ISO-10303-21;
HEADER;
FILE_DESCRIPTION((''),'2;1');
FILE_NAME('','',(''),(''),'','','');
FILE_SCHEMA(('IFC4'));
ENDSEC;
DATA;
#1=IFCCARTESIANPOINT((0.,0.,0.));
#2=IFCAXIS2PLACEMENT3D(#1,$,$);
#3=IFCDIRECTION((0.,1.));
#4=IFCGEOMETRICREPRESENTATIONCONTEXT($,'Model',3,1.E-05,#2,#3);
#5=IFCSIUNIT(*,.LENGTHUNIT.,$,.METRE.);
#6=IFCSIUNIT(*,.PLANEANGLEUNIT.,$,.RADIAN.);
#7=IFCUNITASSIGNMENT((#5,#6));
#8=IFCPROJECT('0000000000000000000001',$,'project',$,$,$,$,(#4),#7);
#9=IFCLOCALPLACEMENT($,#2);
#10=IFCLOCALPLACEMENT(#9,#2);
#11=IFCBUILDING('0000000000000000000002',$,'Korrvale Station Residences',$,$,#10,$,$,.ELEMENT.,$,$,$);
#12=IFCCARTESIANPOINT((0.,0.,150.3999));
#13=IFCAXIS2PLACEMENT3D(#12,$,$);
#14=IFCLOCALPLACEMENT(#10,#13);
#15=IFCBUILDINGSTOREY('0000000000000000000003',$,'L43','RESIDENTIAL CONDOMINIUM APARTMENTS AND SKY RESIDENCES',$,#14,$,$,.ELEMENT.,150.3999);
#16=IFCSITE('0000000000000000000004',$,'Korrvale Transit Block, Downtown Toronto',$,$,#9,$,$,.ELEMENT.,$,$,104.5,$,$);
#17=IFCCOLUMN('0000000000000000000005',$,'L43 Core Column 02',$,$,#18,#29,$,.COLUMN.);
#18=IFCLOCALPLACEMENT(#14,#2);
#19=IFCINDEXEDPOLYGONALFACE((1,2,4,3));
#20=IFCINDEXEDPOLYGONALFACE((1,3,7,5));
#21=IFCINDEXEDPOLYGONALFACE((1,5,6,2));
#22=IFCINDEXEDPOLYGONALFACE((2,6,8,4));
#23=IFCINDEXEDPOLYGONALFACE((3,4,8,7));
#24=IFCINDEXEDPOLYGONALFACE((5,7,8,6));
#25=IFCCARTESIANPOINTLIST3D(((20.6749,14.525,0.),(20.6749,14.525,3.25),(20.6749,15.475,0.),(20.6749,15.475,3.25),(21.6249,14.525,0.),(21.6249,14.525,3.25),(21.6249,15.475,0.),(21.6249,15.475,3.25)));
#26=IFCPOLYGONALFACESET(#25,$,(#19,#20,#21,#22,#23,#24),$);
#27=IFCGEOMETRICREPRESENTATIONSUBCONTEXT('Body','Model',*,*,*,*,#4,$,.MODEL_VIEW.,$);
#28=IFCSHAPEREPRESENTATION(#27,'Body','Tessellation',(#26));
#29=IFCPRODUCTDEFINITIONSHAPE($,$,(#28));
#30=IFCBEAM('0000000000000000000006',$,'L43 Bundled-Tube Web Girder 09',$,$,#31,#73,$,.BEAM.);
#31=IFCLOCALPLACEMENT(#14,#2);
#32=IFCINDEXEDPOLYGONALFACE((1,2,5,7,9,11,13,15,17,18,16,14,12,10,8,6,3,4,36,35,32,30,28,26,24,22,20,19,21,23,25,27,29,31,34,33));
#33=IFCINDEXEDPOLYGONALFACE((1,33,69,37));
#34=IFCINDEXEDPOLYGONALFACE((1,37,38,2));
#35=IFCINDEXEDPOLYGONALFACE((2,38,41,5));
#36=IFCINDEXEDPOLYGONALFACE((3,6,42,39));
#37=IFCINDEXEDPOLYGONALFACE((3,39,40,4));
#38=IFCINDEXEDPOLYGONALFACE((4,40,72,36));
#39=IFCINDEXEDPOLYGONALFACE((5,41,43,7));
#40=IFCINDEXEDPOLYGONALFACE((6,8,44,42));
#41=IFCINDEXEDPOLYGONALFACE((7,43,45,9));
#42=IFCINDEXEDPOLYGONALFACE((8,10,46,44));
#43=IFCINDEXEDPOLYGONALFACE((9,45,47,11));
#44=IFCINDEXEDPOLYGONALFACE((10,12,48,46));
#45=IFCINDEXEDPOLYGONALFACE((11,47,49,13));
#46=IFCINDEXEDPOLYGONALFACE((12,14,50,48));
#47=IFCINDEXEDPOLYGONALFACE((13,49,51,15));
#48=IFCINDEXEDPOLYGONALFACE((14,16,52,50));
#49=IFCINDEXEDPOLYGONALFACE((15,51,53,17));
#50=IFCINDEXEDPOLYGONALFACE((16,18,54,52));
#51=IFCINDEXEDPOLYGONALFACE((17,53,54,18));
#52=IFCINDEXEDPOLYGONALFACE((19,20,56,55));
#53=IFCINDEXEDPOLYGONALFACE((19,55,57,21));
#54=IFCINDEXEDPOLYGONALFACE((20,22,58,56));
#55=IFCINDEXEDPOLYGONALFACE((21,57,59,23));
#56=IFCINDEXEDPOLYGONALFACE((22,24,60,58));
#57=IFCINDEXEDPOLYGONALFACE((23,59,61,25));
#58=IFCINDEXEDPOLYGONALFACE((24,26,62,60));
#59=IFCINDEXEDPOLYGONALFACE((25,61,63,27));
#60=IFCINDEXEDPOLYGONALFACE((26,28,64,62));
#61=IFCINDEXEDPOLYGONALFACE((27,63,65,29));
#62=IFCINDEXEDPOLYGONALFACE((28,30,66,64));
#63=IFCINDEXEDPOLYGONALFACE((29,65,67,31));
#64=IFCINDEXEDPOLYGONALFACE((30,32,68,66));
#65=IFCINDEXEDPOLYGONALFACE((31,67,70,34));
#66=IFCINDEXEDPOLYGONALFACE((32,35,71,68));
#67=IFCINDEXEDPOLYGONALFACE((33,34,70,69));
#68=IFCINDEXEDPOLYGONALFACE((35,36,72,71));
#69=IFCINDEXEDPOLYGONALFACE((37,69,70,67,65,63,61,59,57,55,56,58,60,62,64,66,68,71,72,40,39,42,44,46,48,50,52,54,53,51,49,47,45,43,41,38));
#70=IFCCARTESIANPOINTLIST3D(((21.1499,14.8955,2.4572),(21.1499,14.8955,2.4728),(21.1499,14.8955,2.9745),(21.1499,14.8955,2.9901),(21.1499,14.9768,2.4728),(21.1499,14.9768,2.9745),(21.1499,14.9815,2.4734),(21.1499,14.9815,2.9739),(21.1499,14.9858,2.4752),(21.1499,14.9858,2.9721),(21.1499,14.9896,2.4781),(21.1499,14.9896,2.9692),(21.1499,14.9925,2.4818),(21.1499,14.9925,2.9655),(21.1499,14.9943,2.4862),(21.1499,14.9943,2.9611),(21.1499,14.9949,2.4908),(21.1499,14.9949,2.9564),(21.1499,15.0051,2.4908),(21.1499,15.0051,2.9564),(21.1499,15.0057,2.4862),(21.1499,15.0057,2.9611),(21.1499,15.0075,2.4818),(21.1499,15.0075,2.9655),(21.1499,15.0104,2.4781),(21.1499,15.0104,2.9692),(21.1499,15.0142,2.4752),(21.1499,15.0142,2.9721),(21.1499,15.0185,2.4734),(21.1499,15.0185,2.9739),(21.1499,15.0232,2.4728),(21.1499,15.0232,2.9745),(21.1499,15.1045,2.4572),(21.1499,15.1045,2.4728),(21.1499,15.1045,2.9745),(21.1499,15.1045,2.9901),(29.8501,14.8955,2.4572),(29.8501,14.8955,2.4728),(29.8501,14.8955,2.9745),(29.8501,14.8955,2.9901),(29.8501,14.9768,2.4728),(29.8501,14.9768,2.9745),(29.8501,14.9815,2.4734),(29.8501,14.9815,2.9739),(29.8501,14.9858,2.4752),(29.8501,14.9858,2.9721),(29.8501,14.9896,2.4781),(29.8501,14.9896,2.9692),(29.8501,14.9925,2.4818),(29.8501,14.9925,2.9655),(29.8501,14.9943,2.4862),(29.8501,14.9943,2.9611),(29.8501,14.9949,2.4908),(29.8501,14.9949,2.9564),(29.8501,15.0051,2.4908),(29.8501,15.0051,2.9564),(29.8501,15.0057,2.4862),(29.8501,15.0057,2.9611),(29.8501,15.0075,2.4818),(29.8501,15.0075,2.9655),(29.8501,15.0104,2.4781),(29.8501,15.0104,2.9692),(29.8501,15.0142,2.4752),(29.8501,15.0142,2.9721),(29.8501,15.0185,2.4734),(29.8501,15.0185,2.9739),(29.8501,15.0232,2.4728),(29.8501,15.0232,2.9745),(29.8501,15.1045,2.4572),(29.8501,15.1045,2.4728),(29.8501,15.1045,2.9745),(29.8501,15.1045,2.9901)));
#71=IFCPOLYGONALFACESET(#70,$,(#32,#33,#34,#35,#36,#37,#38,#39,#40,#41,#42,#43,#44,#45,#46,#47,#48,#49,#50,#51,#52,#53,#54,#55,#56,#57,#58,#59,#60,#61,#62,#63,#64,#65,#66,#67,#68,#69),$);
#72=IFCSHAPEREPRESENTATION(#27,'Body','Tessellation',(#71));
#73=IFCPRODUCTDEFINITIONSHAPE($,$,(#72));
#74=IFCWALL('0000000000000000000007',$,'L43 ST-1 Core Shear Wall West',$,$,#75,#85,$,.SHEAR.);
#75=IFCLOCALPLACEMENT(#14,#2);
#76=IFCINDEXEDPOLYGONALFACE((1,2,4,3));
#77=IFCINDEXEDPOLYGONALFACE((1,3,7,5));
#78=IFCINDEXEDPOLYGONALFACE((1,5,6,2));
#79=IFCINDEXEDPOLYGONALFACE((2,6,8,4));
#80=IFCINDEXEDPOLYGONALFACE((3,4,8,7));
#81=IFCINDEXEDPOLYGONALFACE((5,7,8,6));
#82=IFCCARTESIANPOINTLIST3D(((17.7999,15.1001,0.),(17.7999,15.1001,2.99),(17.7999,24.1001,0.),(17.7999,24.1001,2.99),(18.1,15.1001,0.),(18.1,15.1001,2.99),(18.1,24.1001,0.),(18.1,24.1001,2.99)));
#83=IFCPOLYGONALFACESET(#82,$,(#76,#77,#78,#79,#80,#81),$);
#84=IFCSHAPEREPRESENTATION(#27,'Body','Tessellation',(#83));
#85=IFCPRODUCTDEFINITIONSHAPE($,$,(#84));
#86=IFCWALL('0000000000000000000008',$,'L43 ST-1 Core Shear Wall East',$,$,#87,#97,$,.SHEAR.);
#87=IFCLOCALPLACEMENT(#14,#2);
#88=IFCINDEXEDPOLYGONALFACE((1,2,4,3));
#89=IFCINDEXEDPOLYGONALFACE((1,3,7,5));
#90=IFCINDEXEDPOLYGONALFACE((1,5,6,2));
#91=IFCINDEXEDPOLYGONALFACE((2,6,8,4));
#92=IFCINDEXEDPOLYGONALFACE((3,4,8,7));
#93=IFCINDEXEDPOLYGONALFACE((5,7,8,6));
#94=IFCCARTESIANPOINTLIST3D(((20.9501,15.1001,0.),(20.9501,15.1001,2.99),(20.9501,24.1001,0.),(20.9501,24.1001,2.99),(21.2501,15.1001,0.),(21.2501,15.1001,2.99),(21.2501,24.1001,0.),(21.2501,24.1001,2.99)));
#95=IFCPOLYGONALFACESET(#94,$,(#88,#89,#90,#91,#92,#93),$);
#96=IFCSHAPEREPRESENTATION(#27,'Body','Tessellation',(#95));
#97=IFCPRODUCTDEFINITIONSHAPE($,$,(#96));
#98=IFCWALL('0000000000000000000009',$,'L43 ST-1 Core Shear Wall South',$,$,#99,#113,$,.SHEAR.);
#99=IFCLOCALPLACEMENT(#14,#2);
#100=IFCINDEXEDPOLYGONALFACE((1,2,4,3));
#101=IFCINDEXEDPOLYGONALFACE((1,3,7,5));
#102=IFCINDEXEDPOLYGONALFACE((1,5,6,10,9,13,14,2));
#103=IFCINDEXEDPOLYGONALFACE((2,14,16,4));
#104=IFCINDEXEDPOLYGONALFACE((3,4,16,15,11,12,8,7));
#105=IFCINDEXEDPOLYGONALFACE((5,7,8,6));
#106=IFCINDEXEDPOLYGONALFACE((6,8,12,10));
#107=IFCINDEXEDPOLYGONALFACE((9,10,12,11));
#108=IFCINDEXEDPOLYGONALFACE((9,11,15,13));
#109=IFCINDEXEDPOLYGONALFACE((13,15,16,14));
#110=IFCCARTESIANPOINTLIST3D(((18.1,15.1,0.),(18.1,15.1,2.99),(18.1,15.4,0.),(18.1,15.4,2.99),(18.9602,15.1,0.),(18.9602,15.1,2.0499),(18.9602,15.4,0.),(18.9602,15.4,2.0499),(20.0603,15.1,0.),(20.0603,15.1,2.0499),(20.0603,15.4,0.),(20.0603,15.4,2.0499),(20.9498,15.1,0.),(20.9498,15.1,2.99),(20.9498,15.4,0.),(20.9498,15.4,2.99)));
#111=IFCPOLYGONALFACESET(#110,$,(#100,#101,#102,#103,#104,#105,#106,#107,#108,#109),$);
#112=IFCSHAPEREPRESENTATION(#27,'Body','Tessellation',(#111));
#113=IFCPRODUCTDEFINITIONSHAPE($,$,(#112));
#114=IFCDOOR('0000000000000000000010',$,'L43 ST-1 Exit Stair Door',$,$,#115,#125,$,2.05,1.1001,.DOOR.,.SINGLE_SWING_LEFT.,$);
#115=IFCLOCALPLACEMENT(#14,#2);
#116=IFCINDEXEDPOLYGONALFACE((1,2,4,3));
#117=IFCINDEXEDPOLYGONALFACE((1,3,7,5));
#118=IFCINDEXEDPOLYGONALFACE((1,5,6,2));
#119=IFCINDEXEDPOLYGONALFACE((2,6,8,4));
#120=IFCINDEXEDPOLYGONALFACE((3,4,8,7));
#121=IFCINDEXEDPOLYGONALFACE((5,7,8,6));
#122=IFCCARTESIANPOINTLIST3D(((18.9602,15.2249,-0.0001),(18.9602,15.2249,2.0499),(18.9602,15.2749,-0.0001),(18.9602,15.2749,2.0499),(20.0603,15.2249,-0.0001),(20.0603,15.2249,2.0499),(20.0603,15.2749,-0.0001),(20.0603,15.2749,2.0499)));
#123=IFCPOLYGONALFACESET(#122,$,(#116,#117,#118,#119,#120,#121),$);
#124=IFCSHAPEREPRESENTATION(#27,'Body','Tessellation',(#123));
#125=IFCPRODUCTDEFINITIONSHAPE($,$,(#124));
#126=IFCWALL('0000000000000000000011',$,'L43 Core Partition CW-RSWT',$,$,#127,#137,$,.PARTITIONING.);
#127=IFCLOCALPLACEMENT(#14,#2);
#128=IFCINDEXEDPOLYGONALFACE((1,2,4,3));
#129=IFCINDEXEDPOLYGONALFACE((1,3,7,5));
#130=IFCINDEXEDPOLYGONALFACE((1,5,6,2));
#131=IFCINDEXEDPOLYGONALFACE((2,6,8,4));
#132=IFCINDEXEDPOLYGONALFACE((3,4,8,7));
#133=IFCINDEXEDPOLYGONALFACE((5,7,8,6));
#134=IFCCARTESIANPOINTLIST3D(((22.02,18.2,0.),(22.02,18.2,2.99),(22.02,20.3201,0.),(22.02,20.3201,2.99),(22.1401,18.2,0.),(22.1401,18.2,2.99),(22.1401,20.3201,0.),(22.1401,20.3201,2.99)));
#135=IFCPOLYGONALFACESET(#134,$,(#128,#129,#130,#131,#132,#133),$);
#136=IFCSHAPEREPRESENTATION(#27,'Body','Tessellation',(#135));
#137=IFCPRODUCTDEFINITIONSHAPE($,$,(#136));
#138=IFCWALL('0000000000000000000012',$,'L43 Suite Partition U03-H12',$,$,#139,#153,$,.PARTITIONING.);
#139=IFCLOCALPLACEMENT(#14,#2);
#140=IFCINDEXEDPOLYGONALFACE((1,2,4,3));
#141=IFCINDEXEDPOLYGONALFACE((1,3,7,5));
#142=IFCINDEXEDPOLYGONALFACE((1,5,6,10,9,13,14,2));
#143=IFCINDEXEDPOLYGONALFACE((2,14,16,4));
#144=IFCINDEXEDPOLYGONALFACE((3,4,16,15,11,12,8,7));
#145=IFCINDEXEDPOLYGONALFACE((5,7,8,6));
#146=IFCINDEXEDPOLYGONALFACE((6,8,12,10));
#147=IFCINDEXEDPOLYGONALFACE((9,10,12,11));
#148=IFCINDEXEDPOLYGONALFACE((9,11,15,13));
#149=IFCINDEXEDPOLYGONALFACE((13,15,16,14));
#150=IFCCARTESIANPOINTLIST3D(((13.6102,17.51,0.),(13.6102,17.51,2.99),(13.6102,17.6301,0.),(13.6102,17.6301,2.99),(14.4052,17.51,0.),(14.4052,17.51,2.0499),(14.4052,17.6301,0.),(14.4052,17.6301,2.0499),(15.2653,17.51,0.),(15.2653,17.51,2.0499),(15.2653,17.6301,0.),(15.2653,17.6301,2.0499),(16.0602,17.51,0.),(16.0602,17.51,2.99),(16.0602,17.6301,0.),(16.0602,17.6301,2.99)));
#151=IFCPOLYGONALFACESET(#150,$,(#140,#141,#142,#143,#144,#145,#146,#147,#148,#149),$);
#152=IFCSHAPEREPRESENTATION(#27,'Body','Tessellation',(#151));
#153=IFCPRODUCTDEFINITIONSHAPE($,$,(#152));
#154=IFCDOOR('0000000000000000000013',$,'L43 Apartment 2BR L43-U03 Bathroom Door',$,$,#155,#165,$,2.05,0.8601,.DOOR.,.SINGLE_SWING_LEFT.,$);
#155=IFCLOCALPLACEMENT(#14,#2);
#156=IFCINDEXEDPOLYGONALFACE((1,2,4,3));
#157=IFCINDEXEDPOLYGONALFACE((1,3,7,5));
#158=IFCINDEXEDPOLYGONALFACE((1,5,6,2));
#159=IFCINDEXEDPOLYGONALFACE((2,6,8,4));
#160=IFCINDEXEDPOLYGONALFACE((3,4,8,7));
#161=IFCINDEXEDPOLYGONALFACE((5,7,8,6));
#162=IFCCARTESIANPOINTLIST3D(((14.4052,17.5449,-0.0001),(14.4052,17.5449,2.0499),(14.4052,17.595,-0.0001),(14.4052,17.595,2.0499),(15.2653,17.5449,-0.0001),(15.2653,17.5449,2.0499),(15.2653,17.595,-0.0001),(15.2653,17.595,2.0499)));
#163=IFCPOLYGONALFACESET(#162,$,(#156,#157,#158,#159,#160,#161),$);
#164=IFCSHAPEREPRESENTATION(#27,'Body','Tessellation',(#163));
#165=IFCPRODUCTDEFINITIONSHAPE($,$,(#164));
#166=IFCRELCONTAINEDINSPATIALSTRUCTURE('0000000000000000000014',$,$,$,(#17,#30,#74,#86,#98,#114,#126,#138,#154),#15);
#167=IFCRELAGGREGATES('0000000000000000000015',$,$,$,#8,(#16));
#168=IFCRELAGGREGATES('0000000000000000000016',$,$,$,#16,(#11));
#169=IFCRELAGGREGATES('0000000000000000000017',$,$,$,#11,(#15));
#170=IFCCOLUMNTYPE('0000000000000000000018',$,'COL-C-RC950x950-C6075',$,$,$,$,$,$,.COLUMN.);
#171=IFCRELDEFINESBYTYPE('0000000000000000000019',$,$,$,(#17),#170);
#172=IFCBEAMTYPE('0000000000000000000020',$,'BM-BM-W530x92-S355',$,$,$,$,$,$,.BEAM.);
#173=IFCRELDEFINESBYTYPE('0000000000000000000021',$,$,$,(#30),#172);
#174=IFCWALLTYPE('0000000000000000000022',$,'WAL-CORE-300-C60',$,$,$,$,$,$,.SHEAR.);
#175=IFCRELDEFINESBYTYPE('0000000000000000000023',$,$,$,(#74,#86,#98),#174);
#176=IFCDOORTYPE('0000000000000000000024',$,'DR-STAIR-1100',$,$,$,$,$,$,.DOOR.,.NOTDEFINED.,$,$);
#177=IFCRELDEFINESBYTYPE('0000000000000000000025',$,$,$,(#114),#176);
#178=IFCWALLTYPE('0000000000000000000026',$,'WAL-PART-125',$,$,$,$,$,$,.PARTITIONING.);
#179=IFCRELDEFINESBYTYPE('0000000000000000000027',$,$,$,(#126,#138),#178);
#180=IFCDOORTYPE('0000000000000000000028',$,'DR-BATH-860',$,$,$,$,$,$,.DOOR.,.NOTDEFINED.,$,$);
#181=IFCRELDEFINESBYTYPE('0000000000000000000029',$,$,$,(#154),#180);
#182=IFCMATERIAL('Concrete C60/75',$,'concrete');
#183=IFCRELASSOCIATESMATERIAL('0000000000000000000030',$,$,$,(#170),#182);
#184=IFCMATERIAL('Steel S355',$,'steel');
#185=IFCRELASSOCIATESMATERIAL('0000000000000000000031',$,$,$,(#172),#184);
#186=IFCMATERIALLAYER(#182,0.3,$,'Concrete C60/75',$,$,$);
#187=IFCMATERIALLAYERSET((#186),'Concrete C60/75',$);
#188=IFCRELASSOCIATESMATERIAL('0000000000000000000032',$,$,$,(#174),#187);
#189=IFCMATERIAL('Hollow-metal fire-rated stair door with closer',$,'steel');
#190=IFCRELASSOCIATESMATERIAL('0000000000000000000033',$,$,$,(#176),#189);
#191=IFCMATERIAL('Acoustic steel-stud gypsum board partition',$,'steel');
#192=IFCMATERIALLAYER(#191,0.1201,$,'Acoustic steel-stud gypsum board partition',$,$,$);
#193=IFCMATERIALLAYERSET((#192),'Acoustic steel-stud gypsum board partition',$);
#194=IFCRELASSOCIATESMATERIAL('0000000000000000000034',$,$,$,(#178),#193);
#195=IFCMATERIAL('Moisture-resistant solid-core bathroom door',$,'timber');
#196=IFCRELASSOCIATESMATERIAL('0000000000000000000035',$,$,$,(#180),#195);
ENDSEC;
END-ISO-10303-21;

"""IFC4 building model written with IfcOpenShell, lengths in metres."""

from ifc_helpers import new_model, si_unit, direction, frame, frame_2d, origin, origin_2d, place, context, subcontext, project, spatial, rectangle, i_section, extrude, material, layer, layer_set, material_profile, profile_set, type_object, element, fill, save


model = new_model("IFC4")

# Units and contexts
model_context = context("Model", 3, precision=1e-05, world=origin(), true_north=direction((0.0, 1.0)))
body_context = subcontext(model_context, "Body", "Model", "MODEL_VIEW")
ifc_project = project(units=[si_unit("LENGTHUNIT", "METRE"), si_unit("PLANEANGLEUNIT", "RADIAN")], contexts=[model_context])

# Site, building, storey
site_placement = place(None, origin())
site = spatial("IfcSite", under=ifc_project, at=site_placement, Name="Korrvale Transit Block, Downtown Toronto", CompositionType="ELEMENT", RefElevation=104.5)
building_placement = place(site_placement, origin())
building = spatial("IfcBuilding", under=site, at=building_placement, Name="Korrvale Station Residences", CompositionType="ELEMENT")
storey_placement = place(building_placement, frame((0.0, 0.0, 150.3999)))
storey = spatial("IfcBuildingStorey", under=building, at=storey_placement, Name="L43", Description="RESIDENTIAL CONDOMINIUM APARTMENTS AND SKY RESIDENCES", CompositionType="ELEMENT", Elevation=150.3999)

# Column
ifc_material_1 = material(Name="Concrete C60/75", Category="concrete")
ifc_material_profile_1 = material_profile(ifc_material_1, rectangle(XDim=0.95, YDim=0.95, at=origin_2d()), Name="RC950x950")
ifc_profile_set_1 = profile_set([ifc_material_profile_1], Name="Concrete C60/75")
column_type = type_object("IfcColumnType", Name="COL-C-RC950x950-C6075", PredefinedType="COLUMN", material=ifc_profile_set_1)
column_placement = place(storey_placement, frame((21.1499, 15.0, 0.0), z_axis=(0.0, 0.0, 1.0), x_axis=(1.0, 0.0, 0.0)))
element("IfcColumn", 1, at=column_placement, inside=storey, type_object=column_type, Name="L43 Core Column 02", PredefinedType="COLUMN", context=body_context, shape_type="SweptSolid", body=[
    extrude(rectangle(XDim=0.95, YDim=0.95, at=origin_2d()), origin(), (0.0, 0.0, 1.0), 3.25),
])

# Beam
ifc_material_2 = material(Name="Steel S355", Category="steel")
ifc_material_profile_2 = material_profile(ifc_material_2, i_section(OverallWidth=0.209, OverallDepth=0.533, WebThickness=0.0103, FlangeThickness=0.0156, FilletRadius=0.0181, at=origin_2d()), Name="W530x92")
ifc_profile_set_2 = profile_set([ifc_material_profile_2], Name="Steel S355")
beam_type = type_object("IfcBeamType", Name="BM-BM-W530x92-S355", PredefinedType="BEAM", material=ifc_profile_set_2)
beam_placement = place(storey_placement, frame((21.1499, 15.0, 2.7236), z_axis=(1.0, 0.0, 0.0), x_axis=(0.0, 1.0, 0.0)))
element("IfcBeam", 2, at=beam_placement, inside=storey, type_object=beam_type, Name="L43 Bundled-Tube Web Girder 09", PredefinedType="BEAM", context=body_context, shape_type="SweptSolid", body=[
    extrude(i_section(OverallWidth=0.209, OverallDepth=0.533, WebThickness=0.0103, FlangeThickness=0.0156, FilletRadius=0.0181, at=origin_2d()), origin(), (0.0, 0.0, 1.0), 8.7002),
])

# Walls
ifc_layer_1 = layer(ifc_material_1, 0.3, Name="Concrete C60/75")
ifc_layer_set_1 = layer_set([ifc_layer_1], Name="Concrete C60/75")
wall_type_1 = type_object("IfcWallType", Name="WAL-CORE-300-C60", PredefinedType="SHEAR", material=ifc_layer_set_1)
for number, where, z_axis, x_axis, name in (
    (3, (17.95, 15.1001, 0.0), (0.0, 0.0, 1.0), (0.0, 1.0, 0.0), "L43 ST-1 Core Shear Wall West"),
    (4, (21.1001, 15.1001, 0.0), (0.0, 0.0, 1.0), (0.0, 1.0, 0.0), "L43 ST-1 Core Shear Wall East"),
):
    element("IfcWall", number, at=place(storey_placement, frame(where, z_axis=z_axis, x_axis=x_axis)), inside=storey, type_object=wall_type_1, Name=name, PredefinedType="SHEAR", context=body_context, shape_type="SweptSolid", body=[
        extrude(rectangle(XDim=9.0, YDim=0.3, at=frame_2d((4.5, 0.0))), origin(), (0.0, 0.0, 1.0), 2.99),
    ])

# Wall, opening, door
wall_1_placement = place(storey_placement, frame((18.1001, 15.25, 0.0), z_axis=(0.0, 0.0, 1.0), x_axis=(1.0, 0.0, 0.0)))
wall_1 = element("IfcWall", 5, at=wall_1_placement, inside=storey, type_object=wall_type_1, Name="L43 ST-1 Core Shear Wall South", PredefinedType="SHEAR", context=body_context, shape_type="SweptSolid", body=[
    extrude(rectangle(XDim=2.8499, YDim=0.3, at=frame_2d((1.4248, 0.0))), origin(), (0.0, 0.0, 1.0), 2.99),
])
opening_1_placement = place(wall_1_placement, frame((0.8601, 0.0, 0.0)))
opening_1 = element("IfcOpeningElement", 6, at=opening_1_placement, cuts=wall_1, PredefinedType="OPENING", context=body_context, shape_type="SweptSolid", body=[
    extrude(rectangle(XDim=1.1001, YDim=2.05, at=frame_2d((0.55, 1.0249))), frame((0.0, 0.1602, 0.0), z_axis=(0.0, -1.0, 0.0), x_axis=(1.0, 0.0, 0.0)), (0.0, 0.0, 1.0), 0.3201),
])
ifc_material_3 = material(Name="Hollow-metal fire-rated stair door with closer", Category="steel")
door_type_1 = type_object("IfcDoorType", Name="DR-STAIR-1100", OperationType="NOTDEFINED", PredefinedType="DOOR", material=ifc_material_3)
door_1_placement = place(opening_1_placement, origin())
door_1 = element("IfcDoor", 7, at=door_1_placement, inside=storey, type_object=door_type_1, Name="L43 ST-1 Exit Stair Door", OperationType="SINGLE_SWING_LEFT", OverallHeight=2.05, OverallWidth=1.1001, PredefinedType="DOOR", context=body_context, shape_type="SweptSolid", body=[
    extrude(rectangle(XDim=1.1001, YDim=2.05, at=frame_2d((0.55, 1.0249))), frame((0.0, 0.0249, 0.0), z_axis=(0.0, -1.0, 0.0), x_axis=(1.0, 0.0, 0.0)), (0.0, 0.0, 1.0), 0.05),
])
fill(opening_1, door_1)

# Wall
ifc_material_4 = material(Name="Acoustic steel-stud gypsum board partition", Category="steel")
ifc_layer_2 = layer(ifc_material_4, 0.1201, Name="Acoustic steel-stud gypsum board partition")
ifc_layer_set_2 = layer_set([ifc_layer_2], Name="Acoustic steel-stud gypsum board partition")
wall_type_2 = type_object("IfcWallType", Name="WAL-PART-125", PredefinedType="PARTITIONING", material=ifc_layer_set_2)
wall_2_placement = place(storey_placement, frame((22.0801, 18.2, 0.0), z_axis=(0.0, 0.0, 1.0), x_axis=(0.0, 1.0, 0.0)))
element("IfcWall", 8, at=wall_2_placement, inside=storey, type_object=wall_type_2, Name="L43 Core Partition CW-RSWT", PredefinedType="PARTITIONING", context=body_context, shape_type="SweptSolid", body=[
    extrude(rectangle(XDim=2.1201, YDim=0.1201, at=frame_2d((1.0601, 0.0))), origin(), (0.0, 0.0, 1.0), 2.99),
])

# Wall, opening, door
wall_3_placement = place(storey_placement, frame((13.6101, 17.5701, 0.0), z_axis=(0.0, 0.0, 1.0), x_axis=(1.0, 0.0, 0.0)))
wall_3 = element("IfcWall", 9, at=wall_3_placement, inside=storey, type_object=wall_type_2, Name="L43 Suite Partition U03-H12", PredefinedType="PARTITIONING", context=body_context, shape_type="SweptSolid", body=[
    extrude(rectangle(XDim=2.45, YDim=0.1201, at=frame_2d((1.2251, 0.0))), origin(), (0.0, 0.0, 1.0), 2.99),
])
opening_2_placement = place(wall_3_placement, frame((0.7949, 0.0, 0.0)))
opening_2 = element("IfcOpeningElement", 10, at=opening_2_placement, cuts=wall_3, PredefinedType="OPENING", context=body_context, shape_type="SweptSolid", body=[
    extrude(rectangle(XDim=0.8601, YDim=2.05, at=frame_2d((0.4302, 1.0249))), frame((0.0, 0.0701, 0.0), z_axis=(0.0, -1.0, 0.0), x_axis=(1.0, 0.0, 0.0)), (0.0, 0.0, 1.0), 0.1401),
])
ifc_material_5 = material(Name="Moisture-resistant solid-core bathroom door", Category="timber")
door_type_2 = type_object("IfcDoorType", Name="DR-BATH-860", OperationType="NOTDEFINED", PredefinedType="DOOR", material=ifc_material_5)
door_2_placement = place(opening_2_placement, origin())
door_2 = element("IfcDoor", 11, at=door_2_placement, inside=storey, type_object=door_type_2, Name="L43 Apartment 2BR L43-U03 Bathroom Door", OperationType="SINGLE_SWING_LEFT", OverallHeight=2.05, OverallWidth=0.8601, PredefinedType="DOOR", context=body_context, shape_type="SweptSolid", body=[
    extrude(rectangle(XDim=0.8601, YDim=2.05, at=frame_2d((0.4302, 1.0249))), frame((0.0, 0.0249, 0.0), z_axis=(0.0, -1.0, 0.0), x_axis=(1.0, 0.0, 0.0)), (0.0, 0.0, 1.0), 0.05),
])
fill(opening_2, door_2)

save(model, "model.ifc")
